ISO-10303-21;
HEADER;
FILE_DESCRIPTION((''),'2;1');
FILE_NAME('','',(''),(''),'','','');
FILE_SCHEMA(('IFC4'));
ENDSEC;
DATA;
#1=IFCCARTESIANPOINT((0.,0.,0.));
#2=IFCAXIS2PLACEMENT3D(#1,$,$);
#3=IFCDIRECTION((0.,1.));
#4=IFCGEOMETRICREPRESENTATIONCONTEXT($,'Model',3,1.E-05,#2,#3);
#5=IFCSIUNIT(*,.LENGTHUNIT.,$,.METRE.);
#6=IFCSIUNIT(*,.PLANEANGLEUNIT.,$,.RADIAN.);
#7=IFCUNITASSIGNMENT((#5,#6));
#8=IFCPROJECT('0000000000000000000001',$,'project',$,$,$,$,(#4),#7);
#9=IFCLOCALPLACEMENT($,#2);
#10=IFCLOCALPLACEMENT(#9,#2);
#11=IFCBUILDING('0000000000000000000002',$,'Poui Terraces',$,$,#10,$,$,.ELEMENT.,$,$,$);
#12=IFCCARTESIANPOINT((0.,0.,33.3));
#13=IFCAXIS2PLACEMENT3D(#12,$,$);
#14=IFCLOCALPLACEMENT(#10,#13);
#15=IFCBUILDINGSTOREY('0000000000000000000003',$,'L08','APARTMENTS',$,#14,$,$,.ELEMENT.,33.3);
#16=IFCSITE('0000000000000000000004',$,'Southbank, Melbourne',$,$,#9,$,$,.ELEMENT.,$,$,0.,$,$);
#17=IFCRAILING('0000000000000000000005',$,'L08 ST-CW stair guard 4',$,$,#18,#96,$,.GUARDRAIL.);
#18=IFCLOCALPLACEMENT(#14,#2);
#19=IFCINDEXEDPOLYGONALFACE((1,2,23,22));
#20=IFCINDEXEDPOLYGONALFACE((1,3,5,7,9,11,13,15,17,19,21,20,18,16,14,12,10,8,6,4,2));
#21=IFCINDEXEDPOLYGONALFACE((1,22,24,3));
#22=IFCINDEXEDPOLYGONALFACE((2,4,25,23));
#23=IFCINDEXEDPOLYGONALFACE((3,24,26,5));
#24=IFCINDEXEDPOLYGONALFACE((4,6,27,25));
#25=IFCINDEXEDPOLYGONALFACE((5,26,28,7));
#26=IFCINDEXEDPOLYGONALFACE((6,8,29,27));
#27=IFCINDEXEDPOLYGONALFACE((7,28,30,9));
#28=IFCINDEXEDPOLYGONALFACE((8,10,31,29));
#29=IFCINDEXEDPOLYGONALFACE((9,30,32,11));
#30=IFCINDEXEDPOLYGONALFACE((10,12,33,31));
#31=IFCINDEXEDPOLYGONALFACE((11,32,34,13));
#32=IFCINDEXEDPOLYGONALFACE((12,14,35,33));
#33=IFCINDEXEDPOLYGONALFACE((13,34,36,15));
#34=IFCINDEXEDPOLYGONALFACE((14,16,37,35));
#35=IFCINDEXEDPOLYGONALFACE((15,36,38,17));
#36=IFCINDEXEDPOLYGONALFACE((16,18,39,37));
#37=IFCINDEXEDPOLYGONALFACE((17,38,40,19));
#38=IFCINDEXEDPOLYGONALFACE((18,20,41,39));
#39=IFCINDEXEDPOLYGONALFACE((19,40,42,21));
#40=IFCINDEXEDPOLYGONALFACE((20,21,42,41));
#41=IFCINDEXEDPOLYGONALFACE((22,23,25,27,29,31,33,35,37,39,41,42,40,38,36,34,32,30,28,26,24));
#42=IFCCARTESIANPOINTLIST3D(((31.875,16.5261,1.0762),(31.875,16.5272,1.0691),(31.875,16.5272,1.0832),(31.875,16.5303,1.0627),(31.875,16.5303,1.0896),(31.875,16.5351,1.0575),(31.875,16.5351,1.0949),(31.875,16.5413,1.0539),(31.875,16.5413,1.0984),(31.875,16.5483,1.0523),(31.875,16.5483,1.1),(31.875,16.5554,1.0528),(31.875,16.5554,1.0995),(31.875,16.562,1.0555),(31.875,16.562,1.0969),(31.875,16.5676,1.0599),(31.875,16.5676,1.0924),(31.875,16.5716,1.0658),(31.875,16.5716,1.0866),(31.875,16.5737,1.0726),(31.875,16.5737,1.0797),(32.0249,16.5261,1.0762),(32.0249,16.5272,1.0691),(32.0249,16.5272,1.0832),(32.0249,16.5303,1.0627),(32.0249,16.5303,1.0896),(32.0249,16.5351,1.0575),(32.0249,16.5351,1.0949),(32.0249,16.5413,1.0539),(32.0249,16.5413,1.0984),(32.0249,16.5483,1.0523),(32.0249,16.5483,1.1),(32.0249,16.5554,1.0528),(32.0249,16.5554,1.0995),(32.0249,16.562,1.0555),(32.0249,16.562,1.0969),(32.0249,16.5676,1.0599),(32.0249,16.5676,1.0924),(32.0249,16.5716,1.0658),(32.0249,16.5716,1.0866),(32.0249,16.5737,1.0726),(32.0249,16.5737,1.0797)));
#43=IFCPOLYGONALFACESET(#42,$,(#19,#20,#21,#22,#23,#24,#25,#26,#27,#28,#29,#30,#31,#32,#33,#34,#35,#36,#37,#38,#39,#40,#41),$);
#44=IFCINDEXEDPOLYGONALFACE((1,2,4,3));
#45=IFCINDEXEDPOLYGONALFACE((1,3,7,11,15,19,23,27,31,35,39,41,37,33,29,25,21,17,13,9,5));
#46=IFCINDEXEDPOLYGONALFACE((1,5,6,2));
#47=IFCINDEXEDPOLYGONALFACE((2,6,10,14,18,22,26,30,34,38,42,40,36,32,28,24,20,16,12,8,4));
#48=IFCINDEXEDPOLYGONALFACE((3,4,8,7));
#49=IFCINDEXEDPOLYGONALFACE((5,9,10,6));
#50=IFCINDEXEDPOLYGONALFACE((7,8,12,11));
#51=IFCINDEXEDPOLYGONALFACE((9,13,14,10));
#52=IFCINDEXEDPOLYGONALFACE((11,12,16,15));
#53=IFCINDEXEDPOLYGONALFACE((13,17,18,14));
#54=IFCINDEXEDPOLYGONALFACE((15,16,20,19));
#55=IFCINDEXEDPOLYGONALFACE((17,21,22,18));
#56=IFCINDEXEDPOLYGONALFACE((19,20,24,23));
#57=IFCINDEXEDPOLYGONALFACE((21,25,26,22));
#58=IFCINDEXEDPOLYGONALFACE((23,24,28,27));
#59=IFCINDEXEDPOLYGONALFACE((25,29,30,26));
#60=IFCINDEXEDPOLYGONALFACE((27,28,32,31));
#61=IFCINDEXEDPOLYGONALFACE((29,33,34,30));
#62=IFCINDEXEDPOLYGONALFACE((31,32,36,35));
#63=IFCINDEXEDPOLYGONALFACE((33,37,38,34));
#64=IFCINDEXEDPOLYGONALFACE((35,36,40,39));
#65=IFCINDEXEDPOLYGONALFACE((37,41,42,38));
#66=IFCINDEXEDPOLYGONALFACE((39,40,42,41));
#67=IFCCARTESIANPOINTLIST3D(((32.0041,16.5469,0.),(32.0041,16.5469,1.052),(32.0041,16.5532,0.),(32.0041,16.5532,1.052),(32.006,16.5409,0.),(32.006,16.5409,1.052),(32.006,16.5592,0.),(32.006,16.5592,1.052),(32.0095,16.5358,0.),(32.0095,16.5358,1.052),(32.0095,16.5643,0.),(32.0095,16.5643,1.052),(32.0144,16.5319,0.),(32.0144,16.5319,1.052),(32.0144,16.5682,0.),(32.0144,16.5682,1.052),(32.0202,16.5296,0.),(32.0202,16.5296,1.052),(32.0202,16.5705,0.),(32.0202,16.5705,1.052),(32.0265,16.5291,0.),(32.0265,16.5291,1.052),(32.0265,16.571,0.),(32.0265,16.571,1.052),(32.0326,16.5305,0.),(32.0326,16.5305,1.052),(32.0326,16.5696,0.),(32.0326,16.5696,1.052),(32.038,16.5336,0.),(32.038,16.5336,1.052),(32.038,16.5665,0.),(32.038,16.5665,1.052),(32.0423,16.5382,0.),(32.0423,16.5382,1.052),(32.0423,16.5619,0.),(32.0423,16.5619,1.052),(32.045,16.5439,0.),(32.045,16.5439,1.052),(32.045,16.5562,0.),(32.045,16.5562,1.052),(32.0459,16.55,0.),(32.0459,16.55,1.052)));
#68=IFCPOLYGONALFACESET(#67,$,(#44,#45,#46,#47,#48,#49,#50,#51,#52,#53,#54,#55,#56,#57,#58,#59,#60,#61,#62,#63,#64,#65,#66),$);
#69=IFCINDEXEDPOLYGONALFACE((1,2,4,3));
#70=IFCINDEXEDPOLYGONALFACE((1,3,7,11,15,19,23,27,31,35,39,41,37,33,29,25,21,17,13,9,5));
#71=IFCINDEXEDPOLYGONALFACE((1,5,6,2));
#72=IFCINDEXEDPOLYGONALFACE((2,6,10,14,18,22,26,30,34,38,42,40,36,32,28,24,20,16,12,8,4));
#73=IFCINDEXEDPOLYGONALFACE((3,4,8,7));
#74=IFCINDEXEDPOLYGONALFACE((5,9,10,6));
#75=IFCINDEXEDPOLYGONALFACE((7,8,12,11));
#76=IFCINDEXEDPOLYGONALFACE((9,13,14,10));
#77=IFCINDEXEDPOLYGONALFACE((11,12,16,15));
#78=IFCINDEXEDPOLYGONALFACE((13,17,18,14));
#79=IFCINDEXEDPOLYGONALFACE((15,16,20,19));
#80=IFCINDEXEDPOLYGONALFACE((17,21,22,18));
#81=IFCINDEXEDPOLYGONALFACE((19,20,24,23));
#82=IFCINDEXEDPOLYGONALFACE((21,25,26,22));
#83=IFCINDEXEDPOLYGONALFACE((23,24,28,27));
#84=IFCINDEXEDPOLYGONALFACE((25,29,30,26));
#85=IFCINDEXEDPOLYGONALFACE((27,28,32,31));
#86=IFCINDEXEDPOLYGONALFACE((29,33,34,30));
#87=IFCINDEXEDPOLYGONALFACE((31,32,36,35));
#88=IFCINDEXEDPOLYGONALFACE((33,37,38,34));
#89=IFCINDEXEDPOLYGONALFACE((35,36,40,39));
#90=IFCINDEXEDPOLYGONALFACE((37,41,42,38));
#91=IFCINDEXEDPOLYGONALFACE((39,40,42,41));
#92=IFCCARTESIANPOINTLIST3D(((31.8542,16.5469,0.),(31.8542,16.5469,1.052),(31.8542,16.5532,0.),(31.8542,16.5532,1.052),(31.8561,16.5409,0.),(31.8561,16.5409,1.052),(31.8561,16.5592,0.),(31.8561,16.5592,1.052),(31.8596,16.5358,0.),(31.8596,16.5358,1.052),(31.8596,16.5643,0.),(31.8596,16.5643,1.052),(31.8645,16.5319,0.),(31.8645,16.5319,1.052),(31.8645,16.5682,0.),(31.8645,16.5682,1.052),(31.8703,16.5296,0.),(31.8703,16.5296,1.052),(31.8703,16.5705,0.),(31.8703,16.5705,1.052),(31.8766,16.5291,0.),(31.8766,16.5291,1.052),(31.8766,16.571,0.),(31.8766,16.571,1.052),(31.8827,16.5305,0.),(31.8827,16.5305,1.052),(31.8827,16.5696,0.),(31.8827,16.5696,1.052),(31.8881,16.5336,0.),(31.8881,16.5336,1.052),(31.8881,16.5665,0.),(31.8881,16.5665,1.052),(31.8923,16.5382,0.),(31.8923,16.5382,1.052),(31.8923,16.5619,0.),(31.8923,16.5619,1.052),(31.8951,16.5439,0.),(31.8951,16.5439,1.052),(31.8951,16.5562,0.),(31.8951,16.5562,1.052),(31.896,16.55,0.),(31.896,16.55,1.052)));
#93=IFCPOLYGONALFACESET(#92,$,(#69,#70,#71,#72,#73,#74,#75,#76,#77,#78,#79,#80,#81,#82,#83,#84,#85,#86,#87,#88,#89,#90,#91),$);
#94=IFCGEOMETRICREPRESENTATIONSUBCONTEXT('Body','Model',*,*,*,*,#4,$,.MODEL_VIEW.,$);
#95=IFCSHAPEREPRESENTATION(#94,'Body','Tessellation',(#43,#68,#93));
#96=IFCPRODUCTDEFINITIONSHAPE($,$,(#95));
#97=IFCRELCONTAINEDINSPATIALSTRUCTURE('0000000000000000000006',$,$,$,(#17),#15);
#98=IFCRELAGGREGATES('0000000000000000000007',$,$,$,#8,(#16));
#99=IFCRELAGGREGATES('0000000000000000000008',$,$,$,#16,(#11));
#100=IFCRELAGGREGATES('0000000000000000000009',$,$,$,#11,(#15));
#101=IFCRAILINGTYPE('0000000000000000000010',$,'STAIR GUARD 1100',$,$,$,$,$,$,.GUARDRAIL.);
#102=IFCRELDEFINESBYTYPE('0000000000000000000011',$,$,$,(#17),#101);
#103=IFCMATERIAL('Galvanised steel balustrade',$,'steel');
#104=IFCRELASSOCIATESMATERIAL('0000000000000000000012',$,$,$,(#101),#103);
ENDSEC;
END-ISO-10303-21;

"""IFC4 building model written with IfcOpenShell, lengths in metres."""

from ifc_helpers import new_model, si_unit, direction, frame, origin, origin_2d, place, context, subcontext, project, spatial, circle, extrude, material, type_object, element, save


model = new_model("IFC4")

# Units and contexts
model_context = context("Model", 3, precision=1e-05, world=origin(), true_north=direction((0.0, 1.0)))
body_context = subcontext(model_context, "Body", "Model", "MODEL_VIEW")
ifc_project = project(units=[si_unit("LENGTHUNIT", "METRE"), si_unit("PLANEANGLEUNIT", "RADIAN")], contexts=[model_context])

# Site, building, storey
site_placement = place(None, origin())
site = spatial("IfcSite", under=ifc_project, at=site_placement, Name="Southbank, Melbourne", CompositionType="ELEMENT", RefElevation=0.0)
building_placement = place(site_placement, origin())
building = spatial("IfcBuilding", under=site, at=building_placement, Name="Poui Terraces", CompositionType="ELEMENT")
storey_placement = place(building_placement, frame((0.0, 0.0, 33.3)))
storey = spatial("IfcBuildingStorey", under=building, at=storey_placement, Name="L08", Description="APARTMENTS", CompositionType="ELEMENT", Elevation=33.3)

# Railing
ifc_material_1 = material(Name="Galvanised steel balustrade", Category="steel")
railing_type_1 = type_object("IfcRailingType", Name="STAIR GUARD 1100", PredefinedType="GUARDRAIL", material=ifc_material_1)
railing_1_placement = place(storey_placement, frame((32.0249, 16.55, 0.0)))
element("IfcRailing", 1, at=railing_1_placement, inside=storey, type_object=railing_type_1, Name="L08 ST-CW stair guard 4", PredefinedType="GUARDRAIL", context=body_context, shape_type="SweptSolid", body=[
    extrude(circle(Radius=0.0239, at=origin_2d()), frame((0.0, 0.0, 1.0762), z_axis=(-1.0, 0.0, 0.0), x_axis=(0.0, -1.0, 0.0)), (0.0, 0.0, 1.0), 0.1499),
    extrude(circle(Radius=0.021, at=origin_2d()), origin(), (0.0, 0.0, 1.0), 1.052),
    extrude(circle(Radius=0.021, at=origin_2d()), frame((-0.1499, 0.0, 0.0)), (0.0, 0.0, 1.0), 1.052),
])

save(model, "model.ifc")
